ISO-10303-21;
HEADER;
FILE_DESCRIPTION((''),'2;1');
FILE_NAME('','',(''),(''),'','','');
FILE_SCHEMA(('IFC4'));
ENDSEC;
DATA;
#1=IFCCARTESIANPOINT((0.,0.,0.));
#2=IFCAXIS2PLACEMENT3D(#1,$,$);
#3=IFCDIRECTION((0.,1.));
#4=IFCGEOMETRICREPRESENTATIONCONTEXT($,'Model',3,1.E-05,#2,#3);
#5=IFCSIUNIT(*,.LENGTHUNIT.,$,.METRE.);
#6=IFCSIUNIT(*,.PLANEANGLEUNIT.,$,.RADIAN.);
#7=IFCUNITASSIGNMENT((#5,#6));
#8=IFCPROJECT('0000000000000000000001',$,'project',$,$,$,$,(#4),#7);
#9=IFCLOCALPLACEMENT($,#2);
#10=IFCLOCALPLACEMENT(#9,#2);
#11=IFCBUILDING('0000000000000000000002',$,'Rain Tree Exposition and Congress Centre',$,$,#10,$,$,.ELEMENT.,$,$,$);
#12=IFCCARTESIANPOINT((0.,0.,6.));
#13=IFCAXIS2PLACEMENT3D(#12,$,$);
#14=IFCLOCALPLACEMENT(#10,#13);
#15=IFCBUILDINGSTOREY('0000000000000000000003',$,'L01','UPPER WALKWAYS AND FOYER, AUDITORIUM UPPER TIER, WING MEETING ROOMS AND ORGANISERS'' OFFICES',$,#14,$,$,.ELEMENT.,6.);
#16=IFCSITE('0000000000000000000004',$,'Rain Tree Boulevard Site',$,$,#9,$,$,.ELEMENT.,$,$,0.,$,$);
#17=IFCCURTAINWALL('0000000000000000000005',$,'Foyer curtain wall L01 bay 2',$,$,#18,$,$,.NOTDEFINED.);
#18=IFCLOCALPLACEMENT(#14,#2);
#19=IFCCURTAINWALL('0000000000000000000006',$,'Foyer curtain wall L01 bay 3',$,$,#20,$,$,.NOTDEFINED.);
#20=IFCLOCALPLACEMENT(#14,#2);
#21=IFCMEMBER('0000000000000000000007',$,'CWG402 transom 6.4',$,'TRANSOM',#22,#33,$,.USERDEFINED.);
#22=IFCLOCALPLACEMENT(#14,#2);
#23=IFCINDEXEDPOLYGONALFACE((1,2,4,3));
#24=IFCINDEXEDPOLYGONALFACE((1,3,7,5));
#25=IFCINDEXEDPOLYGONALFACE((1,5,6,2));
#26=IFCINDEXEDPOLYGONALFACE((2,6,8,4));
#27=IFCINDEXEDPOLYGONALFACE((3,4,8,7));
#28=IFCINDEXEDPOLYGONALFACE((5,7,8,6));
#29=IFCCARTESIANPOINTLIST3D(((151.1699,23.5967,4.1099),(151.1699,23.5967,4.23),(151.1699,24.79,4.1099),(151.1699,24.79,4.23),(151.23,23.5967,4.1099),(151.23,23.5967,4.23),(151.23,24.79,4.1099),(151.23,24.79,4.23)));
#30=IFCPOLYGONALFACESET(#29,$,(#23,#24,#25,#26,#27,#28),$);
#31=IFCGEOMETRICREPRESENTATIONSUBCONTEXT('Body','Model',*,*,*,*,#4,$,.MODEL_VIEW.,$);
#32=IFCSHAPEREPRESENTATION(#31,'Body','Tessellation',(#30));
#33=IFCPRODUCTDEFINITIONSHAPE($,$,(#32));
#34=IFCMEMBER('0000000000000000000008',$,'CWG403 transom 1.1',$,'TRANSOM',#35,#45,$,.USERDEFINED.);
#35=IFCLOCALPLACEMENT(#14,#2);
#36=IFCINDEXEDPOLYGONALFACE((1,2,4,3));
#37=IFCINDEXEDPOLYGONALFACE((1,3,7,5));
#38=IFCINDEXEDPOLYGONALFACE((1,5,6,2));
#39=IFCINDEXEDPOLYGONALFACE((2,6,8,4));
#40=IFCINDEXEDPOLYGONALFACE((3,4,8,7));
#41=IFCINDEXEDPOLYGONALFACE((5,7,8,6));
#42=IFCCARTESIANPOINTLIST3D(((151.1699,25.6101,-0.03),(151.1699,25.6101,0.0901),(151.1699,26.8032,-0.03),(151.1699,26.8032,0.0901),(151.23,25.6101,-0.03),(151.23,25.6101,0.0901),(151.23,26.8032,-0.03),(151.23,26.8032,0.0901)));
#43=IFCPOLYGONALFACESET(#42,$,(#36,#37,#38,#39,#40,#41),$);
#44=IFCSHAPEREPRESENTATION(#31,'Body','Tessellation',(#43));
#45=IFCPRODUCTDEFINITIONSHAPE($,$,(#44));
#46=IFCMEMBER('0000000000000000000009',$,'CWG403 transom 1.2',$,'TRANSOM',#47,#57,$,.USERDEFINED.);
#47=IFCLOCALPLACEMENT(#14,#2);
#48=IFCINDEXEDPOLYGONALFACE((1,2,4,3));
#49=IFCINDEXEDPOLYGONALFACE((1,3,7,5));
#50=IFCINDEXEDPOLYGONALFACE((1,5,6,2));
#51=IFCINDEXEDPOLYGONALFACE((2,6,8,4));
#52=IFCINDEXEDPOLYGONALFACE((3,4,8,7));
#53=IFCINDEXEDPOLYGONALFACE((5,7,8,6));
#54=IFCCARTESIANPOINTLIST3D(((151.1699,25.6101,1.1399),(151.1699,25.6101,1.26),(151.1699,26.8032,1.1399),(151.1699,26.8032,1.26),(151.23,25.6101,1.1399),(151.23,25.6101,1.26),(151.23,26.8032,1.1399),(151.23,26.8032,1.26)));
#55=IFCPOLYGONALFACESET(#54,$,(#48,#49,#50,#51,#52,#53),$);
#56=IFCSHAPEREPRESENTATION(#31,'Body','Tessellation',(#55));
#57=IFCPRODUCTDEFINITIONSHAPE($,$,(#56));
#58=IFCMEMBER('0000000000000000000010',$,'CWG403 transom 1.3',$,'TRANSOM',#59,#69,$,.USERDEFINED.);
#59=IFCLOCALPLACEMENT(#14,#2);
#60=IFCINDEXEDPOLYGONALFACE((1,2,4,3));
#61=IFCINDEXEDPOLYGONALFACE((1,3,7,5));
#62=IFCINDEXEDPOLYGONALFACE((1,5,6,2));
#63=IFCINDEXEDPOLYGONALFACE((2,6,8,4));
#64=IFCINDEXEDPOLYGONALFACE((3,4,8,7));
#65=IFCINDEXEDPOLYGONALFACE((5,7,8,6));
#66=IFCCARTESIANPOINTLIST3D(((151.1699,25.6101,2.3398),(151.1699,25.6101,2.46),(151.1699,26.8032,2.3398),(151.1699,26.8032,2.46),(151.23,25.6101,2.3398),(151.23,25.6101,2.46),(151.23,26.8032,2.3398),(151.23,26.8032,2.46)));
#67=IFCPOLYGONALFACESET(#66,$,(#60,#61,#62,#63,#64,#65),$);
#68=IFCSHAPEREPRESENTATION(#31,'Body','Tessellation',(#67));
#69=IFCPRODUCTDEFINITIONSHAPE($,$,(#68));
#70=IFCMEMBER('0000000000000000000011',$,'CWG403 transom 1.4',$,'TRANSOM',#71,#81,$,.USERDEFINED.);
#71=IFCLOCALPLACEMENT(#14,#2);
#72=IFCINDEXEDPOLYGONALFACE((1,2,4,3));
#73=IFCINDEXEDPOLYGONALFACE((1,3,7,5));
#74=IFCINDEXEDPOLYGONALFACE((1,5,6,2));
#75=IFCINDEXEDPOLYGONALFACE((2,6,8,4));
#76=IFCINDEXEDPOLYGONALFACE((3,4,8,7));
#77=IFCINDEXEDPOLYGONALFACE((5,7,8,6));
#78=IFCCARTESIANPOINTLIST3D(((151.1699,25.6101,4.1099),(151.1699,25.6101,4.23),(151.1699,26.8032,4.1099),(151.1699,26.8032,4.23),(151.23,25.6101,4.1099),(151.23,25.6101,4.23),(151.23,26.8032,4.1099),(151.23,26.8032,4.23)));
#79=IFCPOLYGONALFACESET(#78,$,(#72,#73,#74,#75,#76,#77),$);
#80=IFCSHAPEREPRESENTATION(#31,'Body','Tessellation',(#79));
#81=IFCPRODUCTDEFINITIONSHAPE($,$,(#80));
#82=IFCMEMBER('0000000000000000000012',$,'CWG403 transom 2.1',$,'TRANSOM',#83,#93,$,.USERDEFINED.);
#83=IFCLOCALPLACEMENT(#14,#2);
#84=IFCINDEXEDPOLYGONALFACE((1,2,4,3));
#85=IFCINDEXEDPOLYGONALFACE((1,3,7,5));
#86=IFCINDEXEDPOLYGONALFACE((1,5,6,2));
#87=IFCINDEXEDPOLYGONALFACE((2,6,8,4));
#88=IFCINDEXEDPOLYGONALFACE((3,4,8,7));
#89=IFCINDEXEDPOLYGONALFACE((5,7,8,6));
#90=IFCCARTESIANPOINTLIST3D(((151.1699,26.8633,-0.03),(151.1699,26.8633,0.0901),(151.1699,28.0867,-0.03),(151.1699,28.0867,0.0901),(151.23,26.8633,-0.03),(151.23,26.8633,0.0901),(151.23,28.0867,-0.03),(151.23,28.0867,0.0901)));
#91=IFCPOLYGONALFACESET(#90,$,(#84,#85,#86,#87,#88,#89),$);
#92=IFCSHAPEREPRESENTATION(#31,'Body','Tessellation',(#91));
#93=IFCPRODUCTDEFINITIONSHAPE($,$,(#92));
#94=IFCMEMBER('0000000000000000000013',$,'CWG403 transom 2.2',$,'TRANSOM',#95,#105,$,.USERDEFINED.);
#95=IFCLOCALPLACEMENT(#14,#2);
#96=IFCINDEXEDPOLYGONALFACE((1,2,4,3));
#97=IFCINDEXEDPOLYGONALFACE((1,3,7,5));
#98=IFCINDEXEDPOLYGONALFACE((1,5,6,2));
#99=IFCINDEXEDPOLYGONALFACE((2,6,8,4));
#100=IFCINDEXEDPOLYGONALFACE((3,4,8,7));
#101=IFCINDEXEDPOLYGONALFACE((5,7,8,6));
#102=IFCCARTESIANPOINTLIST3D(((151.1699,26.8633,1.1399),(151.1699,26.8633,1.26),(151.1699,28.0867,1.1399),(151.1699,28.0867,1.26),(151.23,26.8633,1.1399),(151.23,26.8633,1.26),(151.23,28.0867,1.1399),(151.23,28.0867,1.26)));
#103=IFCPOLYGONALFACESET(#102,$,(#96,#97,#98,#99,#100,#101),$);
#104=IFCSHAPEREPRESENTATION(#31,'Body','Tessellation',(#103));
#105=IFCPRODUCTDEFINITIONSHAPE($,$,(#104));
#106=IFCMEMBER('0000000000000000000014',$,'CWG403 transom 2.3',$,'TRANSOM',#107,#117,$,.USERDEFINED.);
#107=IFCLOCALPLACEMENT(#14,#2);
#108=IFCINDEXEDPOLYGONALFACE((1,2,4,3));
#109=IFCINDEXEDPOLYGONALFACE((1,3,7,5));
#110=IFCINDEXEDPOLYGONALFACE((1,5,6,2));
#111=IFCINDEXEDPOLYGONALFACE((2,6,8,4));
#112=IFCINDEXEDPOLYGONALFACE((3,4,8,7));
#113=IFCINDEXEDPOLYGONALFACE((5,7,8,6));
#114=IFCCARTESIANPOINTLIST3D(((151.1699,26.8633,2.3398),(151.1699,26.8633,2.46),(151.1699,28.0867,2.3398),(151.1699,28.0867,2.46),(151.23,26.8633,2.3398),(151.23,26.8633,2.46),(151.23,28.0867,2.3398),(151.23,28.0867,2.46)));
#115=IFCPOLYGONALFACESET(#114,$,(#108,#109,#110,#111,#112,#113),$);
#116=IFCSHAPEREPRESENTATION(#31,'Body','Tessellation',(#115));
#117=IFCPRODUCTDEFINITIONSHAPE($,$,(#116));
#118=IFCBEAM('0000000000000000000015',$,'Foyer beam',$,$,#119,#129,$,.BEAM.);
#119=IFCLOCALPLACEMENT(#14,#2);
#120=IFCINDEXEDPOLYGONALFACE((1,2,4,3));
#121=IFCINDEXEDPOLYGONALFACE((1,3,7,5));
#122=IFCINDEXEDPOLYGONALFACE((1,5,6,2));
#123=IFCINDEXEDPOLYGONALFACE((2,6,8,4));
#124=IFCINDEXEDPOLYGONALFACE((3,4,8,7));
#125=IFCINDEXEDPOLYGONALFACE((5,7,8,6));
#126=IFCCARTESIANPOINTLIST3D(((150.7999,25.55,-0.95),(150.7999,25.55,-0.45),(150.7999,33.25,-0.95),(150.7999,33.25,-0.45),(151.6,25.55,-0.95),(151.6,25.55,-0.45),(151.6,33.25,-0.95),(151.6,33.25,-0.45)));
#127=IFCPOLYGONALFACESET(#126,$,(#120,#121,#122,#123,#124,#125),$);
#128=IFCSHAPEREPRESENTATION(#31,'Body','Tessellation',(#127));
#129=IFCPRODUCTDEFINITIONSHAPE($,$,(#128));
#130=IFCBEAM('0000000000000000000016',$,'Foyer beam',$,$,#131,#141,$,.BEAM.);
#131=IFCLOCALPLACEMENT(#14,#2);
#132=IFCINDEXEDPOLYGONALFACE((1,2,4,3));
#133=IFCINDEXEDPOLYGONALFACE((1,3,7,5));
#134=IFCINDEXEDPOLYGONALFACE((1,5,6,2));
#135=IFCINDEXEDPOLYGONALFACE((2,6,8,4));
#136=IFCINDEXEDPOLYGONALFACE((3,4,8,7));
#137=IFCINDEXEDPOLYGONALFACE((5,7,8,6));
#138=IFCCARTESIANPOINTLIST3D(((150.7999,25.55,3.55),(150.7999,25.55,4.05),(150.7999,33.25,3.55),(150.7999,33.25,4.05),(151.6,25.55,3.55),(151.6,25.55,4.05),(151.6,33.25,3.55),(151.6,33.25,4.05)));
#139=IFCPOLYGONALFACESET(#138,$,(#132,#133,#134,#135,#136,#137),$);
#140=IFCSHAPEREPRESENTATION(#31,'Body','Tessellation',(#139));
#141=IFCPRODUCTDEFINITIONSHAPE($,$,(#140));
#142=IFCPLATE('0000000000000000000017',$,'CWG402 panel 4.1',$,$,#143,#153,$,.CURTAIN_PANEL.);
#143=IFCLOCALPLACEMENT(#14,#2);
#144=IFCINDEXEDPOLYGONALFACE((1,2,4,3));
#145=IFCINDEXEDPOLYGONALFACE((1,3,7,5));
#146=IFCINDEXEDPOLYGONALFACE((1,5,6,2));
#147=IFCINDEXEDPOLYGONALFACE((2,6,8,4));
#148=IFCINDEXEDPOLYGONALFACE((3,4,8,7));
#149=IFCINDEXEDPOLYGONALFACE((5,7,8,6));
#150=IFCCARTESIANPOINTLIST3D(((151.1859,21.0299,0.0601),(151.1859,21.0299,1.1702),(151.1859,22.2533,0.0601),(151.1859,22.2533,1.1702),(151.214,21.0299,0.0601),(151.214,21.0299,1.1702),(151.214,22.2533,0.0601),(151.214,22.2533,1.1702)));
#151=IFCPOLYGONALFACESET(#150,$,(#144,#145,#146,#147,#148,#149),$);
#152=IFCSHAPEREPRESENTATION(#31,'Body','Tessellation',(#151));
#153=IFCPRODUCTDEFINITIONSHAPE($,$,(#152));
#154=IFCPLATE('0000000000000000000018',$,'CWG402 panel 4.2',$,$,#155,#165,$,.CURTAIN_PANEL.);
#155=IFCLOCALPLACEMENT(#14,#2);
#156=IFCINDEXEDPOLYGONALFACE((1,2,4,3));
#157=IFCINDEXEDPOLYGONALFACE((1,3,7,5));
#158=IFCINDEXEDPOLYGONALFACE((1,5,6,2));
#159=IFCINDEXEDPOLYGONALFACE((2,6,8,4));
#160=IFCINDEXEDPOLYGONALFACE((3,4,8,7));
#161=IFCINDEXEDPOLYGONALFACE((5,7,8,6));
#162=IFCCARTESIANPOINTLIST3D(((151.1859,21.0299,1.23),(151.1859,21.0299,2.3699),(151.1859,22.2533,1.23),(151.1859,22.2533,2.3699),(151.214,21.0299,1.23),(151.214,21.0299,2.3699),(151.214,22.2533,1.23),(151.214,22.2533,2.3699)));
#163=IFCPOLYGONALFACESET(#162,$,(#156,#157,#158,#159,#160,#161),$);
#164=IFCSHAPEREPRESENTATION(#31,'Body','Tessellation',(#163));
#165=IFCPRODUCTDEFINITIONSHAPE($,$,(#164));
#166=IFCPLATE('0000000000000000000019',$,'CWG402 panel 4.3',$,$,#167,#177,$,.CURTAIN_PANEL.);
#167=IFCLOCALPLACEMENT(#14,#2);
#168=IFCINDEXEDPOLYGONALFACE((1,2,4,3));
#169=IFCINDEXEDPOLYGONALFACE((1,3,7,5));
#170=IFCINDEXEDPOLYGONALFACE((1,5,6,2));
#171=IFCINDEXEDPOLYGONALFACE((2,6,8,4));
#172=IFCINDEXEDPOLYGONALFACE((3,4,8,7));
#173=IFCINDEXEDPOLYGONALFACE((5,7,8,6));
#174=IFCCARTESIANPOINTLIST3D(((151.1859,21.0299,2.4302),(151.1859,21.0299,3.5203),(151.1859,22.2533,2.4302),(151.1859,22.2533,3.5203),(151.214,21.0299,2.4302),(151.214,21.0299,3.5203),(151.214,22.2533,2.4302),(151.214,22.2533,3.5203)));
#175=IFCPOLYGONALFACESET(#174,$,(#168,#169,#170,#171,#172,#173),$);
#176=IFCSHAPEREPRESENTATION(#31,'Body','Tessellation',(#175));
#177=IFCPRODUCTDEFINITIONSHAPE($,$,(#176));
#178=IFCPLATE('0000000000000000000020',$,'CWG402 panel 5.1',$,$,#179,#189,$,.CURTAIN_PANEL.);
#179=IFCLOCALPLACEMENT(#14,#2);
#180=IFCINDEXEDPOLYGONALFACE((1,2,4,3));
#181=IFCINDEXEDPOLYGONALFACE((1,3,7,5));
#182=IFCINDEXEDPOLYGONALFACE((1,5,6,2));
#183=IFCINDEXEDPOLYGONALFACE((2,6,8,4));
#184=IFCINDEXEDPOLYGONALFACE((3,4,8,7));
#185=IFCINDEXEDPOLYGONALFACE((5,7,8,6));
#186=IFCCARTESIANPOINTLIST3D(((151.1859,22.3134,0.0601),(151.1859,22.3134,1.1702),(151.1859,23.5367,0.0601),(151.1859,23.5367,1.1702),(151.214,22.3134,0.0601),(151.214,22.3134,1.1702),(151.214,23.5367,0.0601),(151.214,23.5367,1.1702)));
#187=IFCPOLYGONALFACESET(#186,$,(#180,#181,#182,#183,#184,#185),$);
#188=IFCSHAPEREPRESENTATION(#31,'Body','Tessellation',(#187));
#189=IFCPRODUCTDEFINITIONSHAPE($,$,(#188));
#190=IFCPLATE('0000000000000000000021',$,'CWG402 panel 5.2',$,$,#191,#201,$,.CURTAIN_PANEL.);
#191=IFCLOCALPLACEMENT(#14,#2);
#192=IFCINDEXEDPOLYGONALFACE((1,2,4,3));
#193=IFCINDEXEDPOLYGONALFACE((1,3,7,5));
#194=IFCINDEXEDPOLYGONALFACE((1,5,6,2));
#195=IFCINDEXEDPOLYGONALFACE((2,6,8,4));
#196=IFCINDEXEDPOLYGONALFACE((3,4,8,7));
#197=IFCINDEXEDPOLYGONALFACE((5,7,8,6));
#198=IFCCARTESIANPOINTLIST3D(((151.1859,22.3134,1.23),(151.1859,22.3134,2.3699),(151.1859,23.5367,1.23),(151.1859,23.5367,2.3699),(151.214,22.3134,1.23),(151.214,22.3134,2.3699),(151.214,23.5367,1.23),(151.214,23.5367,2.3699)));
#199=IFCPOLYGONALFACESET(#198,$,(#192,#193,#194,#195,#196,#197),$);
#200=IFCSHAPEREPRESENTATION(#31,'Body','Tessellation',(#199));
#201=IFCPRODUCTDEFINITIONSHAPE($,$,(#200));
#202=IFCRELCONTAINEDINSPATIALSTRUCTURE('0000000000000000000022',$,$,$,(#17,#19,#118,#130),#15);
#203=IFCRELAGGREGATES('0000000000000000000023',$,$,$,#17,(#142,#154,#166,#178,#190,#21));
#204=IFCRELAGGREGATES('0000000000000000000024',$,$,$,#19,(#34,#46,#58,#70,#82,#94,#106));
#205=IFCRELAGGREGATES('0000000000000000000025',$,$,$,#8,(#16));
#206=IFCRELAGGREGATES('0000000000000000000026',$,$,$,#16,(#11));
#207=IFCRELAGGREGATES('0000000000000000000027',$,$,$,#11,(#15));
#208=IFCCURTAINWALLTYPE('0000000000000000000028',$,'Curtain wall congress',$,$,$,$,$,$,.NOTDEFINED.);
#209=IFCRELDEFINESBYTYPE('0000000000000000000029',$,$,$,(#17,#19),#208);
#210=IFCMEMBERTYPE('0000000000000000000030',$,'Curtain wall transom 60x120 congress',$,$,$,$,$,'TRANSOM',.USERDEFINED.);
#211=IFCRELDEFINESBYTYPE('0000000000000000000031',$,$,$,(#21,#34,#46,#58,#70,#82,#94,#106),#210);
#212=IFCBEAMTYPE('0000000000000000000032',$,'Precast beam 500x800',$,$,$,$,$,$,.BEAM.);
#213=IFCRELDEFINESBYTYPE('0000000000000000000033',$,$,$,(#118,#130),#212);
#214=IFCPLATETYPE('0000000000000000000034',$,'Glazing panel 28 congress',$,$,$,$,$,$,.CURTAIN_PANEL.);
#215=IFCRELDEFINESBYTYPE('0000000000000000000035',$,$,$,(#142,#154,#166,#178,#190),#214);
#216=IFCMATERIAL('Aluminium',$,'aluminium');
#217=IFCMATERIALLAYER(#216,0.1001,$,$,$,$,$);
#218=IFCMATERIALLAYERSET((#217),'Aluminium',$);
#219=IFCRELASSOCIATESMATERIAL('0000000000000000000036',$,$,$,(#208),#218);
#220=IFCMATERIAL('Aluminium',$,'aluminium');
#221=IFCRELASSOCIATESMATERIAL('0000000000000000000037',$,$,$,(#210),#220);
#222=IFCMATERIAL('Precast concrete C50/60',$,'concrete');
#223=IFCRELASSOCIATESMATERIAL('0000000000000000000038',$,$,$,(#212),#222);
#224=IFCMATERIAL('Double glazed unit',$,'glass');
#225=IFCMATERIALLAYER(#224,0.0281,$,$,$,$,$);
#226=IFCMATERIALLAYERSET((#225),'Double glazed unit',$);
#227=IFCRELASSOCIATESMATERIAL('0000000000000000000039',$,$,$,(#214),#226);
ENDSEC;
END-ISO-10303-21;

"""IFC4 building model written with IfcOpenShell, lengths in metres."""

from ifc_helpers import new_model, si_unit, direction, frame, origin, origin_2d, place, context, subcontext, project, spatial, rectangle, extrude, material, layer, layer_set, material_profile, profile_set, type_object, element, aggregate, save


model = new_model("IFC4")

# Units and contexts
model_context = context("Model", 3, precision=1e-05, world=origin(), true_north=direction((0.0, 1.0)))
body_context = subcontext(model_context, "Body", "Model", "MODEL_VIEW")
ifc_project = project(units=[si_unit("LENGTHUNIT", "METRE"), si_unit("PLANEANGLEUNIT", "RADIAN")], contexts=[model_context])

# Site, building, storey
site_placement = place(None, origin())
site = spatial("IfcSite", under=ifc_project, at=site_placement, Name="Rain Tree Boulevard Site", CompositionType="ELEMENT", RefElevation=0.0)
building_placement = place(site_placement, origin())
building = spatial("IfcBuilding", under=site, at=building_placement, Name="Rain Tree Exposition and Congress Centre", CompositionType="ELEMENT")
storey_placement = place(building_placement, frame((0.0, 0.0, 6.0)))
storey = spatial("IfcBuildingStorey", under=building, at=storey_placement, Name="L01", Description="UPPER WALKWAYS AND FOYER, AUDITORIUM UPPER TIER, WING MEETING ROOMS AND ORGANISERS' OFFICES", CompositionType="ELEMENT", Elevation=6.0)

# Curtain walls
ifc_material_1 = material(Name="Aluminium", Category="aluminium")
ifc_layer_1 = layer(ifc_material_1, 0.1001)
ifc_layer_set_1 = layer_set([ifc_layer_1], Name="Aluminium")
curtain_wall_type = type_object("IfcCurtainWallType", Name="Curtain wall congress", PredefinedType="NOTDEFINED", material=ifc_layer_set_1)
curtain_wall_1_placement = place(storey_placement, origin())
curtain_wall_1 = element("IfcCurtainWall", 1, at=curtain_wall_1_placement, inside=storey, type_object=curtain_wall_type, Name="Foyer curtain wall L01 bay 2", PredefinedType="NOTDEFINED")
curtain_wall_2_placement = place(storey_placement, origin())
curtain_wall_2 = element("IfcCurtainWall", 2, at=curtain_wall_2_placement, inside=storey, type_object=curtain_wall_type, Name="Foyer curtain wall L01 bay 3", PredefinedType="NOTDEFINED")

# Members
ifc_material_2 = material(Name="Aluminium", Category="aluminium")
ifc_material_profile_1 = material_profile(ifc_material_2, rectangle(XDim=0.0601, YDim=0.1201, at=origin_2d()), Name="AL 60x120")
ifc_profile_set_1 = profile_set([ifc_material_profile_1], Name="Aluminium")
member_type_1 = type_object("IfcMemberType", Name="Curtain wall transom 60x120 congress", ElementType="TRANSOM", PredefinedType="USERDEFINED", material=ifc_profile_set_1)
member_1_placement = place(storey_placement, frame((151.2, 23.5967, 4.1699), z_axis=(0.0, 1.0, 0.0), x_axis=(-1.0, 0.0, 0.0)))
member_1 = element("IfcMember", 3, at=member_1_placement, type_object=member_type_1, Name="CWG402 transom 6.4", ObjectType="TRANSOM", PredefinedType="USERDEFINED", context=body_context, shape_type="SweptSolid", body=[
    extrude(rectangle(XDim=0.0601, YDim=0.1201, at=origin_2d()), origin(), (0.0, 0.0, 1.0), 1.1934),
])
member_2_placement = place(storey_placement, frame((151.2, 25.6101, 0.03), z_axis=(0.0, 1.0, 0.0), x_axis=(-1.0, 0.0, 0.0)))
member_2 = element("IfcMember", 4, at=member_2_placement, type_object=member_type_1, Name="CWG403 transom 1.1", ObjectType="TRANSOM", PredefinedType="USERDEFINED", context=body_context, shape_type="SweptSolid", body=[
    extrude(rectangle(XDim=0.0601, YDim=0.1201, at=origin_2d()), origin(), (0.0, 0.0, 1.0), 1.1931),
])
member_3_placement = place(storey_placement, frame((151.2, 25.6101, 1.2), z_axis=(0.0, 1.0, 0.0), x_axis=(-1.0, 0.0, 0.0)))
member_3 = element("IfcMember", 5, at=member_3_placement, type_object=member_type_1, Name="CWG403 transom 1.2", ObjectType="TRANSOM", PredefinedType="USERDEFINED", context=body_context, shape_type="SweptSolid", body=[
    extrude(rectangle(XDim=0.0601, YDim=0.1201, at=origin_2d()), origin(), (0.0, 0.0, 1.0), 1.1931),
])
member_4_placement = place(storey_placement, frame((151.2, 25.6101, 2.3999), z_axis=(0.0, 1.0, 0.0), x_axis=(-1.0, 0.0, 0.0)))
member_4 = element("IfcMember", 6, at=member_4_placement, type_object=member_type_1, Name="CWG403 transom 1.3", ObjectType="TRANSOM", PredefinedType="USERDEFINED", context=body_context, shape_type="SweptSolid", body=[
    extrude(rectangle(XDim=0.0601, YDim=0.1201, at=origin_2d()), origin(), (0.0, 0.0, 1.0), 1.1931),
])
member_5_placement = place(storey_placement, frame((151.2, 25.6101, 4.1699), z_axis=(0.0, 1.0, 0.0), x_axis=(-1.0, 0.0, 0.0)))
member_5 = element("IfcMember", 7, at=member_5_placement, type_object=member_type_1, Name="CWG403 transom 1.4", ObjectType="TRANSOM", PredefinedType="USERDEFINED", context=body_context, shape_type="SweptSolid", body=[
    extrude(rectangle(XDim=0.0601, YDim=0.1201, at=origin_2d()), origin(), (0.0, 0.0, 1.0), 1.1931),
])
member_6_placement = place(storey_placement, frame((151.2, 26.8633, 0.03), z_axis=(0.0, 1.0, 0.0), x_axis=(-1.0, 0.0, 0.0)))
member_6 = element("IfcMember", 8, at=member_6_placement, type_object=member_type_1, Name="CWG403 transom 2.1", ObjectType="TRANSOM", PredefinedType="USERDEFINED", context=body_context, shape_type="SweptSolid", body=[
    extrude(rectangle(XDim=0.0601, YDim=0.1201, at=origin_2d()), origin(), (0.0, 0.0, 1.0), 1.2234),
])
member_7_placement = place(storey_placement, frame((151.2, 26.8633, 1.2), z_axis=(0.0, 1.0, 0.0), x_axis=(-1.0, 0.0, 0.0)))
member_7 = element("IfcMember", 9, at=member_7_placement, type_object=member_type_1, Name="CWG403 transom 2.2", ObjectType="TRANSOM", PredefinedType="USERDEFINED", context=body_context, shape_type="SweptSolid", body=[
    extrude(rectangle(XDim=0.0601, YDim=0.1201, at=origin_2d()), origin(), (0.0, 0.0, 1.0), 1.2234),
])
member_8_placement = place(storey_placement, frame((151.2, 26.8633, 2.3999), z_axis=(0.0, 1.0, 0.0), x_axis=(-1.0, 0.0, 0.0)))
member_8 = element("IfcMember", 10, at=member_8_placement, type_object=member_type_1, Name="CWG403 transom 2.3", ObjectType="TRANSOM", PredefinedType="USERDEFINED", context=body_context, shape_type="SweptSolid", body=[
    extrude(rectangle(XDim=0.0601, YDim=0.1201, at=origin_2d()), origin(), (0.0, 0.0, 1.0), 1.2234),
])

# Beams
ifc_material_3 = material(Name="Precast concrete C50/60", Category="concrete")
ifc_material_profile_2 = material_profile(ifc_material_3, rectangle(XDim=0.5, YDim=0.8, at=origin_2d()), Name="RC 500x800")
ifc_profile_set_2 = profile_set([ifc_material_profile_2], Name="Precast concrete C50/60")
beam_type = type_object("IfcBeamType", Name="Precast beam 500x800", PredefinedType="BEAM", material=ifc_profile_set_2)
for number, where, z_axis, x_axis, name in (
    (11, (151.2, 25.55, -0.7), (0.0, 1.0, 0.0), (0.0, 0.0, 1.0), "Foyer beam"),
    (12, (151.2, 25.55, 3.8), (0.0, 1.0, 0.0), (0.0, 0.0, 1.0), "Foyer beam"),
):
    element("IfcBeam", number, at=place(storey_placement, frame(where, z_axis=z_axis, x_axis=x_axis)), inside=storey, type_object=beam_type, Name=name, PredefinedType="BEAM", context=body_context, shape_type="SweptSolid", body=[
        extrude(rectangle(XDim=0.5, YDim=0.8, at=origin_2d()), origin(), (0.0, 0.0, 1.0), 7.7),
    ])

# Plates
ifc_material_4 = material(Name="Double glazed unit", Category="glass")
ifc_layer_2 = layer(ifc_material_4, 0.0281)
ifc_layer_set_2 = layer_set([ifc_layer_2], Name="Double glazed unit")
plate_type = type_object("IfcPlateType", Name="Glazing panel 28 congress", PredefinedType="CURTAIN_PANEL", material=ifc_layer_set_2)
plate_1_placement = place(storey_placement, frame((151.2, 21.6416, 0.0601), z_axis=(0.0, 0.0, 1.0), x_axis=(0.0, 1.0, 0.0)))
plate_1 = element("IfcPlate", 13, at=plate_1_placement, type_object=plate_type, Name="CWG402 panel 4.1", PredefinedType="CURTAIN_PANEL", context=body_context, shape_type="SweptSolid", body=[
    extrude(rectangle(XDim=1.2234, YDim=0.0281, at=origin_2d()), origin(), (0.0, 0.0, 1.0), 1.1101),
])
plate_2_placement = place(storey_placement, frame((151.2, 21.6416, 1.23), z_axis=(0.0, 0.0, 1.0), x_axis=(0.0, 1.0, 0.0)))
plate_2 = element("IfcPlate", 14, at=plate_2_placement, type_object=plate_type, Name="CWG402 panel 4.2", PredefinedType="CURTAIN_PANEL", context=body_context, shape_type="SweptSolid", body=[
    extrude(rectangle(XDim=1.2234, YDim=0.0281, at=origin_2d()), origin(), (0.0, 0.0, 1.0), 1.1399),
])
plate_3_placement = place(storey_placement, frame((151.2, 21.6416, 2.4302), z_axis=(0.0, 0.0, 1.0), x_axis=(0.0, 1.0, 0.0)))
plate_3 = element("IfcPlate", 15, at=plate_3_placement, type_object=plate_type, Name="CWG402 panel 4.3", PredefinedType="CURTAIN_PANEL", context=body_context, shape_type="SweptSolid", body=[
    extrude(rectangle(XDim=1.2234, YDim=0.0281, at=origin_2d()), origin(), (0.0, 0.0, 1.0), 1.0901),
])
plate_4_placement = place(storey_placement, frame((151.2, 22.925, 0.0601), z_axis=(0.0, 0.0, 1.0), x_axis=(0.0, 1.0, 0.0)))
plate_4 = element("IfcPlate", 16, at=plate_4_placement, type_object=plate_type, Name="CWG402 panel 5.1", PredefinedType="CURTAIN_PANEL", context=body_context, shape_type="SweptSolid", body=[
    extrude(rectangle(XDim=1.2234, YDim=0.0281, at=origin_2d()), origin(), (0.0, 0.0, 1.0), 1.1101),
])
plate_5_placement = place(storey_placement, frame((151.2, 22.925, 1.23), z_axis=(0.0, 0.0, 1.0), x_axis=(0.0, 1.0, 0.0)))
plate_5 = element("IfcPlate", 17, at=plate_5_placement, type_object=plate_type, Name="CWG402 panel 5.2", PredefinedType="CURTAIN_PANEL", context=body_context, shape_type="SweptSolid", body=[
    extrude(rectangle(XDim=1.2234, YDim=0.0281, at=origin_2d()), origin(), (0.0, 0.0, 1.0), 1.1399),
])
aggregate(curtain_wall_1, [plate_1, plate_2, plate_3, plate_4, plate_5, member_1])
aggregate(curtain_wall_2, [member_2, member_3, member_4, member_5, member_6, member_7, member_8])

save(model, "model.ifc")
